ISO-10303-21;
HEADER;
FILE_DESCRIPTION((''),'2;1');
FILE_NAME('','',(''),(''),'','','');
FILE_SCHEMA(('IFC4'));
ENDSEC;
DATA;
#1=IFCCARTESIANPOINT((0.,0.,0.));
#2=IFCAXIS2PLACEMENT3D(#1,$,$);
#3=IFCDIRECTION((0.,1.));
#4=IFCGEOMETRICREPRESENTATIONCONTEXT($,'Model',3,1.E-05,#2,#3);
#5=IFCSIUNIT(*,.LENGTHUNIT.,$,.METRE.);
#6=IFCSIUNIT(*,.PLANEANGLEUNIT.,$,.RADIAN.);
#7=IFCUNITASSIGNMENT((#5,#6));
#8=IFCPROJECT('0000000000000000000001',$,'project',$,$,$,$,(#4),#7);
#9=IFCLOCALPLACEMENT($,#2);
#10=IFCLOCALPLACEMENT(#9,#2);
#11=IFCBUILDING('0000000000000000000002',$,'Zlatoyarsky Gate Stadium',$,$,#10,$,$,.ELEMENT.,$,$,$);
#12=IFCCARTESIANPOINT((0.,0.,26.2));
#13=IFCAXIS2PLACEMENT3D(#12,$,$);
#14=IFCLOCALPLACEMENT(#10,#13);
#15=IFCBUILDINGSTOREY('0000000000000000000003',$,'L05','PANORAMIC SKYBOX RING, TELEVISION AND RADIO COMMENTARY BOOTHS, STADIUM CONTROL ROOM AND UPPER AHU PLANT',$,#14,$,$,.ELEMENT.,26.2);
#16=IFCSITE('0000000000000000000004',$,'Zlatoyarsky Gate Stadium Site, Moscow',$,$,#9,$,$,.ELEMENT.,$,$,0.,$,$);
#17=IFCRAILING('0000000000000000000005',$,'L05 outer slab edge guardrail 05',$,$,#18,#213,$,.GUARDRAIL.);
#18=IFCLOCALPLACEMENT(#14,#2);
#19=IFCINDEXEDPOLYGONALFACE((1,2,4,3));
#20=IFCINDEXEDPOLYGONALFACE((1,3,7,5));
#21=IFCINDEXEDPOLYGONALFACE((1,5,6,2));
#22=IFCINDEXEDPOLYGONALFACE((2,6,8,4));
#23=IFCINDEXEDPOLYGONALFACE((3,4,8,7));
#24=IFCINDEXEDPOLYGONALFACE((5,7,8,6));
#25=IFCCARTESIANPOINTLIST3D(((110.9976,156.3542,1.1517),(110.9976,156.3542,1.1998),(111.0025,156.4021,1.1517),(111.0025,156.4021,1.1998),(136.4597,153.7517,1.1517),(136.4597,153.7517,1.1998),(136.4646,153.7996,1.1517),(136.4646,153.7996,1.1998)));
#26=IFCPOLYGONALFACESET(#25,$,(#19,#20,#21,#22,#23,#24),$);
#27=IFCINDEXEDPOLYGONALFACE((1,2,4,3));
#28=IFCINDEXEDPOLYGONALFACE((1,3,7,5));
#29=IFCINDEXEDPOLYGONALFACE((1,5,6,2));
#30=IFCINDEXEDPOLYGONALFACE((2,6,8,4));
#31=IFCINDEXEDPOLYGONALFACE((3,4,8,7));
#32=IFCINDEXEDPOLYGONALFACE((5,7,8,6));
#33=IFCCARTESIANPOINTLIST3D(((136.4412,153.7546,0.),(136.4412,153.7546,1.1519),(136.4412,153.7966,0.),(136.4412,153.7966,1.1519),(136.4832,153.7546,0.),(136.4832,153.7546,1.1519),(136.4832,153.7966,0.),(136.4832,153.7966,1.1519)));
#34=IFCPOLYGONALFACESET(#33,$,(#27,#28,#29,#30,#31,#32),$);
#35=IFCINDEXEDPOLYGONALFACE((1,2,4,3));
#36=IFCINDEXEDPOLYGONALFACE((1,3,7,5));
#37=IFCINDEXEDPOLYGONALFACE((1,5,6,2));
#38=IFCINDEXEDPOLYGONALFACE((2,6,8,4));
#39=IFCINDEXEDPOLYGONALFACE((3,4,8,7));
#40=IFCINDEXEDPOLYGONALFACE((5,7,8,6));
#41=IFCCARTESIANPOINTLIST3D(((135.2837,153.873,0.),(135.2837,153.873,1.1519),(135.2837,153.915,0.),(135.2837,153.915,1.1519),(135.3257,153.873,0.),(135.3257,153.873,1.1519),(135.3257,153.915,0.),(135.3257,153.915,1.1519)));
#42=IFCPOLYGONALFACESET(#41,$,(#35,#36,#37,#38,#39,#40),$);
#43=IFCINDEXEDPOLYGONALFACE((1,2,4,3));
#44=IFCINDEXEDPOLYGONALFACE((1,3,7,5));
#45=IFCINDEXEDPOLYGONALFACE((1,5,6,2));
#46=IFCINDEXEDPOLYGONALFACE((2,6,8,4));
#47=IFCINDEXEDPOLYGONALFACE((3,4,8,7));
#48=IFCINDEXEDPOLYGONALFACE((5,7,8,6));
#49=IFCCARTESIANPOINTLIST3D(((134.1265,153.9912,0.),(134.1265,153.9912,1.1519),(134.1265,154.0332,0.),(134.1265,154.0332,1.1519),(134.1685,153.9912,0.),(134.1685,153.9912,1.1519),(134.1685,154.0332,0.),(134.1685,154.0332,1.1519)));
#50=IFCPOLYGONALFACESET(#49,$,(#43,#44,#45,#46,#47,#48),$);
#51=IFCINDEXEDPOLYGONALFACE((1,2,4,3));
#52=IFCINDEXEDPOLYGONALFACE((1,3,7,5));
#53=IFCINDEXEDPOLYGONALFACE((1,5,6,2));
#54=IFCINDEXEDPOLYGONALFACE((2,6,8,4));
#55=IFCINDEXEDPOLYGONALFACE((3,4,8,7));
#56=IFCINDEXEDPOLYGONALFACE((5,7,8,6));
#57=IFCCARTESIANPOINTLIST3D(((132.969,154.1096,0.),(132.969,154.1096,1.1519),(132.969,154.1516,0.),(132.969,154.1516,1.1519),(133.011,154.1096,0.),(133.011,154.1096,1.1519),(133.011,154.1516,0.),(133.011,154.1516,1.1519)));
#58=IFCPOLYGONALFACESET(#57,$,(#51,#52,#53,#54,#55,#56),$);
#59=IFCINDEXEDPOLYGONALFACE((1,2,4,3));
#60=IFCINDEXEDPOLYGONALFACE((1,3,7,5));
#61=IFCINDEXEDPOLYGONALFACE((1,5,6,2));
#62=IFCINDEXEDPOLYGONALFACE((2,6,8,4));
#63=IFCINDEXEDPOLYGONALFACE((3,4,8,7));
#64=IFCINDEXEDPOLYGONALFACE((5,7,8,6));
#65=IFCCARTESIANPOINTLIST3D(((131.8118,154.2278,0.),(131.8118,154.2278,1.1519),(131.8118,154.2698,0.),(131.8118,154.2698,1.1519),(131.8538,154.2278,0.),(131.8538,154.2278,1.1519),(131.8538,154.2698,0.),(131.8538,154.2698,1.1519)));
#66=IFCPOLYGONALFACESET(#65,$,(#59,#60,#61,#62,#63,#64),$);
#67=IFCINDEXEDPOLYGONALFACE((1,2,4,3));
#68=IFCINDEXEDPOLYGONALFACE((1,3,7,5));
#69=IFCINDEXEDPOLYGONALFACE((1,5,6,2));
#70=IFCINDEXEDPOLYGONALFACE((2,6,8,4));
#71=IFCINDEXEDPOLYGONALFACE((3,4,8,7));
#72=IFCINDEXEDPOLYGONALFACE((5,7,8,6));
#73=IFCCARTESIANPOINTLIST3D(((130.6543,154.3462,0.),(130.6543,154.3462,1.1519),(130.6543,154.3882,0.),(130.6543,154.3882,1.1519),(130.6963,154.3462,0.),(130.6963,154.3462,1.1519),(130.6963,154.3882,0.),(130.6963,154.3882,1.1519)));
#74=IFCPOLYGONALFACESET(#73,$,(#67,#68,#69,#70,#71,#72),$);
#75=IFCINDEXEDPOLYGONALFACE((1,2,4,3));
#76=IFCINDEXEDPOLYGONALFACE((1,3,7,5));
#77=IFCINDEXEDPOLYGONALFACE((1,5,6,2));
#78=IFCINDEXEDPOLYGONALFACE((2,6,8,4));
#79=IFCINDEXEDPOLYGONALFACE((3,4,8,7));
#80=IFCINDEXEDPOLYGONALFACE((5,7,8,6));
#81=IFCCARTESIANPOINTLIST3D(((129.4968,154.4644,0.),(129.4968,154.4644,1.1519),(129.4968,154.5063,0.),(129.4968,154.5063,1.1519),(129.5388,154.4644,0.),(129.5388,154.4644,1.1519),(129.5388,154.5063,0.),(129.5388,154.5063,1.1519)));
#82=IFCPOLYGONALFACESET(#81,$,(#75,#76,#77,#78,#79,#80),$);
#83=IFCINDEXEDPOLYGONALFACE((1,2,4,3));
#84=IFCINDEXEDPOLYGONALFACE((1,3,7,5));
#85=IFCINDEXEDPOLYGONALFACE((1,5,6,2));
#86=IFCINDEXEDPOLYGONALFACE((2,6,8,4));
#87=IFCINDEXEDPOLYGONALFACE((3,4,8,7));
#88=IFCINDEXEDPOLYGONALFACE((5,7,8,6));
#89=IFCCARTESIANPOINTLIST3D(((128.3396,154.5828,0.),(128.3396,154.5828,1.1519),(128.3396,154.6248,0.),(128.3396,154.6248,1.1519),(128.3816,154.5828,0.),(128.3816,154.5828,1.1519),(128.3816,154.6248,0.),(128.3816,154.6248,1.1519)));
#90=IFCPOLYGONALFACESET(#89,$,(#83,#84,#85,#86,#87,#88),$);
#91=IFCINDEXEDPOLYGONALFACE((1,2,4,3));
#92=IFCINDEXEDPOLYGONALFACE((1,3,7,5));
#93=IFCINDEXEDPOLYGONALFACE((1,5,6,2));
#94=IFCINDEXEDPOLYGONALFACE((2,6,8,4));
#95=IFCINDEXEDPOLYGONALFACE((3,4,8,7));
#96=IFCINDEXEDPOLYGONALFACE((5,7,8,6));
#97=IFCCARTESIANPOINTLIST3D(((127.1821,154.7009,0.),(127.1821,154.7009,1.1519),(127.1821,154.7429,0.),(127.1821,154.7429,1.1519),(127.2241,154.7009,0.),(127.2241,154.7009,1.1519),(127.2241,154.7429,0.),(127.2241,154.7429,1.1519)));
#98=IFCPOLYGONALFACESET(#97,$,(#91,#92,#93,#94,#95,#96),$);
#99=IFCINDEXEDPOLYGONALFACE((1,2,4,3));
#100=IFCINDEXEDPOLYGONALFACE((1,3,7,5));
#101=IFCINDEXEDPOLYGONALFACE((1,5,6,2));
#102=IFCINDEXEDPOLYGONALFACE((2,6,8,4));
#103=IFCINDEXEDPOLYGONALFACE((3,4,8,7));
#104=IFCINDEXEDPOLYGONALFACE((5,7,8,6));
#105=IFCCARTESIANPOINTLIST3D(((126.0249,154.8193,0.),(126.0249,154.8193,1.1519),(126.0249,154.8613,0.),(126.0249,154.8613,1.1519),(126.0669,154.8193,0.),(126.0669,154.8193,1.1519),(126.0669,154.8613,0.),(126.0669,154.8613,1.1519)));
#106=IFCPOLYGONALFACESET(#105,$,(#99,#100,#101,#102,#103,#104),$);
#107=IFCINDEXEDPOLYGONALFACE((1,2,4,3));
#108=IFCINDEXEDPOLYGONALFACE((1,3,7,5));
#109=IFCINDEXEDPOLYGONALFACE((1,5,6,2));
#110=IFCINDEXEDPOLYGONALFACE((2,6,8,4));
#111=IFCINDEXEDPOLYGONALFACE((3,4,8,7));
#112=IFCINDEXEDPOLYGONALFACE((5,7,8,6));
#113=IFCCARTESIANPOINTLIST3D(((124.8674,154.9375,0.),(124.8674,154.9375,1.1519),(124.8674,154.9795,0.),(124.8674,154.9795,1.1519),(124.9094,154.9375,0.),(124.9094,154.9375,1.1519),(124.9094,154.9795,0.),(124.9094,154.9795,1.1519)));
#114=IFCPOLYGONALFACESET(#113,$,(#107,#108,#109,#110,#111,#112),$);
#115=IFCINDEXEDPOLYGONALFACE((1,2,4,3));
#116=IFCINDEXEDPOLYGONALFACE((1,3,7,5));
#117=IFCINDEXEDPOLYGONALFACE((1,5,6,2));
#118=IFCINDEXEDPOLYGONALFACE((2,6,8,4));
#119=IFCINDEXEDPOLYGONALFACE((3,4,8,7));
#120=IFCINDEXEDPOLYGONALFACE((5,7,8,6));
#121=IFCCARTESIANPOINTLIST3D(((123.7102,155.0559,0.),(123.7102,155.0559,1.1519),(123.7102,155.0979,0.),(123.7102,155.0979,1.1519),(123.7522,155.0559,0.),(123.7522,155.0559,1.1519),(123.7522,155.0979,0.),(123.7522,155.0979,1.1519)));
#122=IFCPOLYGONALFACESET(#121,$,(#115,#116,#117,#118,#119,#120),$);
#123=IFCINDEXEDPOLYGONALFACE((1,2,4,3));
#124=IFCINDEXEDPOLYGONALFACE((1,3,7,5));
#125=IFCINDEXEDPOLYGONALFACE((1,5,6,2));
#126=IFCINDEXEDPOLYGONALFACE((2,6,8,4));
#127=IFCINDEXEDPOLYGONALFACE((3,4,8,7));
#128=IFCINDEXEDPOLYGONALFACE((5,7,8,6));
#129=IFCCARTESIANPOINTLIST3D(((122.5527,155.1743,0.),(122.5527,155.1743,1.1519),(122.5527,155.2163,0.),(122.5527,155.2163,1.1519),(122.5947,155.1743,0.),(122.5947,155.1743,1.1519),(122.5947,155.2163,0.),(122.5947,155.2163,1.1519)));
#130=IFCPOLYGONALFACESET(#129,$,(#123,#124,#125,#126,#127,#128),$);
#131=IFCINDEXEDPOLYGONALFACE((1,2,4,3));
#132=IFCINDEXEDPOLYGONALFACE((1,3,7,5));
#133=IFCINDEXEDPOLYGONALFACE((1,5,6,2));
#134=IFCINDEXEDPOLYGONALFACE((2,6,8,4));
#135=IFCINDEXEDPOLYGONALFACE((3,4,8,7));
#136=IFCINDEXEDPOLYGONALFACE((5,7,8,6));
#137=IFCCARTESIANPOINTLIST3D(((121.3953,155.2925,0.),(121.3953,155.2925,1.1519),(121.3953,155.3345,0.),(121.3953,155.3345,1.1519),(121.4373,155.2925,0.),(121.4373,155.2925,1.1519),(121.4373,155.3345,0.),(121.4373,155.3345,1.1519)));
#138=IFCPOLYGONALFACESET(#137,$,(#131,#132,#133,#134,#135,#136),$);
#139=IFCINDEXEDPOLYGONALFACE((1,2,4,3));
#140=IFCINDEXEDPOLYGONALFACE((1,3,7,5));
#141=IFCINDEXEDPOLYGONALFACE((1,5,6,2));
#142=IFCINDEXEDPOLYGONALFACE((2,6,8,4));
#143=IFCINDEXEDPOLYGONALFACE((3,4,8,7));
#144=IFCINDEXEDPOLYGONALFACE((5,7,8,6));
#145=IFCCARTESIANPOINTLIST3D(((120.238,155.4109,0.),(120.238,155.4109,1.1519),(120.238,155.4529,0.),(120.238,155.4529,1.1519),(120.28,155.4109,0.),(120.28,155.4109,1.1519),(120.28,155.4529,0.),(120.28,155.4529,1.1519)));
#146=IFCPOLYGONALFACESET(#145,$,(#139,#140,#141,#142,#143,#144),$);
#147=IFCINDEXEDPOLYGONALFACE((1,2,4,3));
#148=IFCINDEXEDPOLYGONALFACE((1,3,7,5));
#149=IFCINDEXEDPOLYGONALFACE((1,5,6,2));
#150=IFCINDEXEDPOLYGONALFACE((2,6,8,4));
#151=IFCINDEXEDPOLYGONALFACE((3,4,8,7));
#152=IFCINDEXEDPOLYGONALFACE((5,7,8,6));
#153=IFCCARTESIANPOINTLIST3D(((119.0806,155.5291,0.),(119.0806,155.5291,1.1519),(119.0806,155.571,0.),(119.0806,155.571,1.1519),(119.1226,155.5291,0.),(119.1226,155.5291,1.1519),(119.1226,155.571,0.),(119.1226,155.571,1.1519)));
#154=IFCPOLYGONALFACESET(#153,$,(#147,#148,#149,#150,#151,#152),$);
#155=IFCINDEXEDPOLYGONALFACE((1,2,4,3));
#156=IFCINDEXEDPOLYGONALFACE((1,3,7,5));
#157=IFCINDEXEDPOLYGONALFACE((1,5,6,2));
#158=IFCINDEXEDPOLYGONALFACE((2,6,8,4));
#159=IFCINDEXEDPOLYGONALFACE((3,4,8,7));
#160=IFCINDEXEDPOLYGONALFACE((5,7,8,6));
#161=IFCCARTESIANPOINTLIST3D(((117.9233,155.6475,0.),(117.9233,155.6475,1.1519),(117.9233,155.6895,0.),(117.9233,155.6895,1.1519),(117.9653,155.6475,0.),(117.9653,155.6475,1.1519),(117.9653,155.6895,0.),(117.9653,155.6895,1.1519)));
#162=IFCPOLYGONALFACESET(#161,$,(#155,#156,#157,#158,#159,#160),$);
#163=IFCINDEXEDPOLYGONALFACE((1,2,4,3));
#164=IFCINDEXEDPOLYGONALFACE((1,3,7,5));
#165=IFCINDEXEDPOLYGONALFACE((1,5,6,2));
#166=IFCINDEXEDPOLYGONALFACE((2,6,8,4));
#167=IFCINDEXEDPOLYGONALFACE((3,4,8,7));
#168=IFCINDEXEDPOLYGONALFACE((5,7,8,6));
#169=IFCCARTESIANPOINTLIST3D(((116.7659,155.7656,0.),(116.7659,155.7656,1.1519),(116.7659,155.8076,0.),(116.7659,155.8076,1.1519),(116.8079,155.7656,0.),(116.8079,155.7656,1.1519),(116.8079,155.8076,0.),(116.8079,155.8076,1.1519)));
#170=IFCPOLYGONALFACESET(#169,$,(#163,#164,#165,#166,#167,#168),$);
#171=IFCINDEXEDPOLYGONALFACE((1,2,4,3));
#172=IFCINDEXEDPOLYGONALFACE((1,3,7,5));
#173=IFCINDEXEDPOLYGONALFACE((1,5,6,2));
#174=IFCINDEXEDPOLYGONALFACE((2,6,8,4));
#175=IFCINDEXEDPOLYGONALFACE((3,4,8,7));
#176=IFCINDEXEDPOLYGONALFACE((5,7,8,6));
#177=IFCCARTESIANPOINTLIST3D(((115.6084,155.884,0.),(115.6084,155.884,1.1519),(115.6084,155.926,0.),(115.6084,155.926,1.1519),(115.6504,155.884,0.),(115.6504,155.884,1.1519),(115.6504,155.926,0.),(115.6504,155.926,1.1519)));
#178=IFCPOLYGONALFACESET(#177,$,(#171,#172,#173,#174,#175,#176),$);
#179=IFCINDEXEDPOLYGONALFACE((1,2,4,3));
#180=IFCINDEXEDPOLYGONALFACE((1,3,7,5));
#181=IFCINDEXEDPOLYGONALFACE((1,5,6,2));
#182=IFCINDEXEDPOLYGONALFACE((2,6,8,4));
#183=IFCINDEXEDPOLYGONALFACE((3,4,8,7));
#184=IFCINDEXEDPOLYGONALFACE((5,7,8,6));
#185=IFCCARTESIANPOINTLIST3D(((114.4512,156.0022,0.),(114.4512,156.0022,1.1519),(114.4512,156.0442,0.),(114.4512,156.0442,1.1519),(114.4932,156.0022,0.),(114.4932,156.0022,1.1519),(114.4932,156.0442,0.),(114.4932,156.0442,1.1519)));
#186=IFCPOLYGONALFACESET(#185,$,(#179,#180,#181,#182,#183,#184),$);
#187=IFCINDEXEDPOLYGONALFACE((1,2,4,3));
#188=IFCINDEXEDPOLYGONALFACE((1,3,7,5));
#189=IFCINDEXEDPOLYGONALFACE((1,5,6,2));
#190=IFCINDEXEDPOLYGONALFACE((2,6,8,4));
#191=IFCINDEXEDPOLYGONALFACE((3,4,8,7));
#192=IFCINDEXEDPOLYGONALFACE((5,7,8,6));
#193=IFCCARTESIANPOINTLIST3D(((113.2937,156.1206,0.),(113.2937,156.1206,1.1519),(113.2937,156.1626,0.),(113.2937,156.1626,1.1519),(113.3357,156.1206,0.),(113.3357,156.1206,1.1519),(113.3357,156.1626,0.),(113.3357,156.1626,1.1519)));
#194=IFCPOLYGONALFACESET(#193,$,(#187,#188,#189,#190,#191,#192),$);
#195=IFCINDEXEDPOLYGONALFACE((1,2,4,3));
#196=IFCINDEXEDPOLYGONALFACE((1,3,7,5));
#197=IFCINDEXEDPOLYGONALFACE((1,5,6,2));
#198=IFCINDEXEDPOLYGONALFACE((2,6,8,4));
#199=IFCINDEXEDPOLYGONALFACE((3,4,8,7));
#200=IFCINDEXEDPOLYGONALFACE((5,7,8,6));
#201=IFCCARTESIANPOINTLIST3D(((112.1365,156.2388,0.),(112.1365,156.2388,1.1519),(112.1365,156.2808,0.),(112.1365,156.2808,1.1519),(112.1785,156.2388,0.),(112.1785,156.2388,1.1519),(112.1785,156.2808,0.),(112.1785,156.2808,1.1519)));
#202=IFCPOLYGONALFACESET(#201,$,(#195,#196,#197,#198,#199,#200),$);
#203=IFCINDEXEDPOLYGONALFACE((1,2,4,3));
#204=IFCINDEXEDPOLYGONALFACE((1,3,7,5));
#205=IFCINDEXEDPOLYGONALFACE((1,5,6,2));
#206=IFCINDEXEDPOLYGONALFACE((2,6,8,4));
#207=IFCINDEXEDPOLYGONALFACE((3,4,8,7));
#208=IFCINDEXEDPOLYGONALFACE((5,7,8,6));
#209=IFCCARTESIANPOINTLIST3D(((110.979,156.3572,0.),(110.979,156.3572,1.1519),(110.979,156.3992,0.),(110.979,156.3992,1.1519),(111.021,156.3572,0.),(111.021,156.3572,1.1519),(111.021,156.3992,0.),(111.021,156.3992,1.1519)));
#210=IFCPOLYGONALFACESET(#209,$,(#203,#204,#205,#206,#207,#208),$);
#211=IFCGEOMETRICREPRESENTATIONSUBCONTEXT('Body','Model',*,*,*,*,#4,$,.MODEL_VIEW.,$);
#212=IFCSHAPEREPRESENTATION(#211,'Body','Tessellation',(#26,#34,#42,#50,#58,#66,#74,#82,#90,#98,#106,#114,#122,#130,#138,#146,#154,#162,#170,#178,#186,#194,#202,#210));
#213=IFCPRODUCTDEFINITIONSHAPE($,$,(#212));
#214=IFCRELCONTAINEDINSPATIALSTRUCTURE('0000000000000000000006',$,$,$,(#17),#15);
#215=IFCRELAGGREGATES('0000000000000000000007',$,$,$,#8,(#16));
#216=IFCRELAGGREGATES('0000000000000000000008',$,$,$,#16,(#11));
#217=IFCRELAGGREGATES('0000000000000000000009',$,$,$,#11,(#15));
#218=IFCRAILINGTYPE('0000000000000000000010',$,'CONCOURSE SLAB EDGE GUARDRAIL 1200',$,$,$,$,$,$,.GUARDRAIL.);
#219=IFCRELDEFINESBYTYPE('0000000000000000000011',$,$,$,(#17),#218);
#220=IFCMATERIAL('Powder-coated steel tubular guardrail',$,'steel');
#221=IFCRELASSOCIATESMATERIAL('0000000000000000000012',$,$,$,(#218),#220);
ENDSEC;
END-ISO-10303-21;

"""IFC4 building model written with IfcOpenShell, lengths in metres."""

from ifc_helpers import new_model, si_unit, direction, frame, origin, origin_2d, place, context, subcontext, project, spatial, rectangle, extrude, material, type_object, element, save


model = new_model("IFC4")

# Units and contexts
model_context = context("Model", 3, precision=1e-05, world=origin(), true_north=direction((0.0, 1.0)))
body_context = subcontext(model_context, "Body", "Model", "MODEL_VIEW")
ifc_project = project(units=[si_unit("LENGTHUNIT", "METRE"), si_unit("PLANEANGLEUNIT", "RADIAN")], contexts=[model_context])

# Site, building, storey
site_placement = place(None, origin())
site = spatial("IfcSite", under=ifc_project, at=site_placement, Name="Zlatoyarsky Gate Stadium Site, Moscow", CompositionType="ELEMENT", RefElevation=0.0)
building_placement = place(site_placement, origin())
building = spatial("IfcBuilding", under=site, at=building_placement, Name="Zlatoyarsky Gate Stadium", CompositionType="ELEMENT")
storey_placement = place(building_placement, frame((0.0, 0.0, 26.2)))
storey = spatial("IfcBuildingStorey", under=building, at=storey_placement, Name="L05", Description="PANORAMIC SKYBOX RING, TELEVISION AND RADIO COMMENTARY BOOTHS, STADIUM CONTROL ROOM AND UPPER AHU PLANT", CompositionType="ELEMENT", Elevation=26.2)

# Railing
ifc_material_1 = material(Name="Powder-coated steel tubular guardrail", Category="steel")
railing_type = type_object("IfcRailingType", Name="CONCOURSE SLAB EDGE GUARDRAIL 1200", PredefinedType="GUARDRAIL", material=ifc_material_1)
railing_placement = place(storey_placement, frame((136.4622, 153.7756, 0.0)))
element("IfcRailing", 1, at=railing_placement, inside=storey, type_object=railing_type, Name="L05 outer slab edge guardrail 05", PredefinedType="GUARDRAIL", context=body_context, shape_type="SweptSolid", body=[
    extrude(rectangle(XDim=0.0481, YDim=0.0481, at=origin_2d()), frame((0.0, 0.0, 1.1758), z_axis=(-0.994817, 0.101682, 0.0), x_axis=(-0.101682, -0.994817, 0.0)), (0.0, 0.0, 1.0), 25.5947),
    extrude(rectangle(XDim=0.042, YDim=0.042, at=origin_2d()), origin(), (0.0, 0.0, 1.0), 1.1519),
    extrude(rectangle(XDim=0.042, YDim=0.042, at=origin_2d()), frame((-1.1575, 0.1184, 0.0)), (0.0, 0.0, 1.0), 1.1519),
    extrude(rectangle(XDim=0.042, YDim=0.042, at=origin_2d()), frame((-2.3147, 0.2366, 0.0)), (0.0, 0.0, 1.0), 1.1519),
    extrude(rectangle(XDim=0.042, YDim=0.042, at=origin_2d()), frame((-3.4722, 0.355, 0.0)), (0.0, 0.0, 1.0), 1.1519),
    extrude(rectangle(XDim=0.042, YDim=0.042, at=origin_2d()), frame((-4.6294, 0.4731, 0.0)), (0.0, 0.0, 1.0), 1.1519),
    extrude(rectangle(XDim=0.042, YDim=0.042, at=origin_2d()), frame((-5.7869, 0.5916, 0.0)), (0.0, 0.0, 1.0), 1.1519),
    extrude(rectangle(XDim=0.042, YDim=0.042, at=origin_2d()), frame((-6.9443, 0.7097, 0.0)), (0.0, 0.0, 1.0), 1.1519),
    extrude(rectangle(XDim=0.042, YDim=0.042, at=origin_2d()), frame((-8.1016, 0.8281, 0.0)), (0.0, 0.0, 1.0), 1.1519),
    extrude(rectangle(XDim=0.042, YDim=0.042, at=origin_2d()), frame((-9.259, 0.9463, 0.0)), (0.0, 0.0, 1.0), 1.1519),
    extrude(rectangle(XDim=0.042, YDim=0.042, at=origin_2d()), frame((-10.4163, 1.0647, 0.0)), (0.0, 0.0, 1.0), 1.1519),
    extrude(rectangle(XDim=0.042, YDim=0.042, at=origin_2d()), frame((-11.5737, 1.1829, 0.0)), (0.0, 0.0, 1.0), 1.1519),
    extrude(rectangle(XDim=0.042, YDim=0.042, at=origin_2d()), frame((-12.731, 1.3013, 0.0)), (0.0, 0.0, 1.0), 1.1519),
    extrude(rectangle(XDim=0.042, YDim=0.042, at=origin_2d()), frame((-13.8884, 1.4197, 0.0)), (0.0, 0.0, 1.0), 1.1519),
    extrude(rectangle(XDim=0.042, YDim=0.042, at=origin_2d()), frame((-15.0459, 1.5378, 0.0)), (0.0, 0.0, 1.0), 1.1519),
    extrude(rectangle(XDim=0.042, YDim=0.042, at=origin_2d()), frame((-16.2031, 1.6562, 0.0)), (0.0, 0.0, 1.0), 1.1519),
    extrude(rectangle(XDim=0.042, YDim=0.042, at=origin_2d()), frame((-17.3606, 1.7744, 0.0)), (0.0, 0.0, 1.0), 1.1519),
    extrude(rectangle(XDim=0.042, YDim=0.042, at=origin_2d()), frame((-18.5178, 1.8928, 0.0)), (0.0, 0.0, 1.0), 1.1519),
    extrude(rectangle(XDim=0.042, YDim=0.042, at=origin_2d()), frame((-19.6753, 2.011, 0.0)), (0.0, 0.0, 1.0), 1.1519),
    extrude(rectangle(XDim=0.042, YDim=0.042, at=origin_2d()), frame((-20.8328, 2.1294, 0.0)), (0.0, 0.0, 1.0), 1.1519),
    extrude(rectangle(XDim=0.042, YDim=0.042, at=origin_2d()), frame((-21.99, 2.2476, 0.0)), (0.0, 0.0, 1.0), 1.1519),
    extrude(rectangle(XDim=0.042, YDim=0.042, at=origin_2d()), frame((-23.1475, 2.366, 0.0)), (0.0, 0.0, 1.0), 1.1519),
    extrude(rectangle(XDim=0.042, YDim=0.042, at=origin_2d()), frame((-24.3047, 2.4841, 0.0)), (0.0, 0.0, 1.0), 1.1519),
    extrude(rectangle(XDim=0.042, YDim=0.042, at=origin_2d()), frame((-25.4622, 2.6025, 0.0)), (0.0, 0.0, 1.0), 1.1519),
])

save(model, "model.ifc")
